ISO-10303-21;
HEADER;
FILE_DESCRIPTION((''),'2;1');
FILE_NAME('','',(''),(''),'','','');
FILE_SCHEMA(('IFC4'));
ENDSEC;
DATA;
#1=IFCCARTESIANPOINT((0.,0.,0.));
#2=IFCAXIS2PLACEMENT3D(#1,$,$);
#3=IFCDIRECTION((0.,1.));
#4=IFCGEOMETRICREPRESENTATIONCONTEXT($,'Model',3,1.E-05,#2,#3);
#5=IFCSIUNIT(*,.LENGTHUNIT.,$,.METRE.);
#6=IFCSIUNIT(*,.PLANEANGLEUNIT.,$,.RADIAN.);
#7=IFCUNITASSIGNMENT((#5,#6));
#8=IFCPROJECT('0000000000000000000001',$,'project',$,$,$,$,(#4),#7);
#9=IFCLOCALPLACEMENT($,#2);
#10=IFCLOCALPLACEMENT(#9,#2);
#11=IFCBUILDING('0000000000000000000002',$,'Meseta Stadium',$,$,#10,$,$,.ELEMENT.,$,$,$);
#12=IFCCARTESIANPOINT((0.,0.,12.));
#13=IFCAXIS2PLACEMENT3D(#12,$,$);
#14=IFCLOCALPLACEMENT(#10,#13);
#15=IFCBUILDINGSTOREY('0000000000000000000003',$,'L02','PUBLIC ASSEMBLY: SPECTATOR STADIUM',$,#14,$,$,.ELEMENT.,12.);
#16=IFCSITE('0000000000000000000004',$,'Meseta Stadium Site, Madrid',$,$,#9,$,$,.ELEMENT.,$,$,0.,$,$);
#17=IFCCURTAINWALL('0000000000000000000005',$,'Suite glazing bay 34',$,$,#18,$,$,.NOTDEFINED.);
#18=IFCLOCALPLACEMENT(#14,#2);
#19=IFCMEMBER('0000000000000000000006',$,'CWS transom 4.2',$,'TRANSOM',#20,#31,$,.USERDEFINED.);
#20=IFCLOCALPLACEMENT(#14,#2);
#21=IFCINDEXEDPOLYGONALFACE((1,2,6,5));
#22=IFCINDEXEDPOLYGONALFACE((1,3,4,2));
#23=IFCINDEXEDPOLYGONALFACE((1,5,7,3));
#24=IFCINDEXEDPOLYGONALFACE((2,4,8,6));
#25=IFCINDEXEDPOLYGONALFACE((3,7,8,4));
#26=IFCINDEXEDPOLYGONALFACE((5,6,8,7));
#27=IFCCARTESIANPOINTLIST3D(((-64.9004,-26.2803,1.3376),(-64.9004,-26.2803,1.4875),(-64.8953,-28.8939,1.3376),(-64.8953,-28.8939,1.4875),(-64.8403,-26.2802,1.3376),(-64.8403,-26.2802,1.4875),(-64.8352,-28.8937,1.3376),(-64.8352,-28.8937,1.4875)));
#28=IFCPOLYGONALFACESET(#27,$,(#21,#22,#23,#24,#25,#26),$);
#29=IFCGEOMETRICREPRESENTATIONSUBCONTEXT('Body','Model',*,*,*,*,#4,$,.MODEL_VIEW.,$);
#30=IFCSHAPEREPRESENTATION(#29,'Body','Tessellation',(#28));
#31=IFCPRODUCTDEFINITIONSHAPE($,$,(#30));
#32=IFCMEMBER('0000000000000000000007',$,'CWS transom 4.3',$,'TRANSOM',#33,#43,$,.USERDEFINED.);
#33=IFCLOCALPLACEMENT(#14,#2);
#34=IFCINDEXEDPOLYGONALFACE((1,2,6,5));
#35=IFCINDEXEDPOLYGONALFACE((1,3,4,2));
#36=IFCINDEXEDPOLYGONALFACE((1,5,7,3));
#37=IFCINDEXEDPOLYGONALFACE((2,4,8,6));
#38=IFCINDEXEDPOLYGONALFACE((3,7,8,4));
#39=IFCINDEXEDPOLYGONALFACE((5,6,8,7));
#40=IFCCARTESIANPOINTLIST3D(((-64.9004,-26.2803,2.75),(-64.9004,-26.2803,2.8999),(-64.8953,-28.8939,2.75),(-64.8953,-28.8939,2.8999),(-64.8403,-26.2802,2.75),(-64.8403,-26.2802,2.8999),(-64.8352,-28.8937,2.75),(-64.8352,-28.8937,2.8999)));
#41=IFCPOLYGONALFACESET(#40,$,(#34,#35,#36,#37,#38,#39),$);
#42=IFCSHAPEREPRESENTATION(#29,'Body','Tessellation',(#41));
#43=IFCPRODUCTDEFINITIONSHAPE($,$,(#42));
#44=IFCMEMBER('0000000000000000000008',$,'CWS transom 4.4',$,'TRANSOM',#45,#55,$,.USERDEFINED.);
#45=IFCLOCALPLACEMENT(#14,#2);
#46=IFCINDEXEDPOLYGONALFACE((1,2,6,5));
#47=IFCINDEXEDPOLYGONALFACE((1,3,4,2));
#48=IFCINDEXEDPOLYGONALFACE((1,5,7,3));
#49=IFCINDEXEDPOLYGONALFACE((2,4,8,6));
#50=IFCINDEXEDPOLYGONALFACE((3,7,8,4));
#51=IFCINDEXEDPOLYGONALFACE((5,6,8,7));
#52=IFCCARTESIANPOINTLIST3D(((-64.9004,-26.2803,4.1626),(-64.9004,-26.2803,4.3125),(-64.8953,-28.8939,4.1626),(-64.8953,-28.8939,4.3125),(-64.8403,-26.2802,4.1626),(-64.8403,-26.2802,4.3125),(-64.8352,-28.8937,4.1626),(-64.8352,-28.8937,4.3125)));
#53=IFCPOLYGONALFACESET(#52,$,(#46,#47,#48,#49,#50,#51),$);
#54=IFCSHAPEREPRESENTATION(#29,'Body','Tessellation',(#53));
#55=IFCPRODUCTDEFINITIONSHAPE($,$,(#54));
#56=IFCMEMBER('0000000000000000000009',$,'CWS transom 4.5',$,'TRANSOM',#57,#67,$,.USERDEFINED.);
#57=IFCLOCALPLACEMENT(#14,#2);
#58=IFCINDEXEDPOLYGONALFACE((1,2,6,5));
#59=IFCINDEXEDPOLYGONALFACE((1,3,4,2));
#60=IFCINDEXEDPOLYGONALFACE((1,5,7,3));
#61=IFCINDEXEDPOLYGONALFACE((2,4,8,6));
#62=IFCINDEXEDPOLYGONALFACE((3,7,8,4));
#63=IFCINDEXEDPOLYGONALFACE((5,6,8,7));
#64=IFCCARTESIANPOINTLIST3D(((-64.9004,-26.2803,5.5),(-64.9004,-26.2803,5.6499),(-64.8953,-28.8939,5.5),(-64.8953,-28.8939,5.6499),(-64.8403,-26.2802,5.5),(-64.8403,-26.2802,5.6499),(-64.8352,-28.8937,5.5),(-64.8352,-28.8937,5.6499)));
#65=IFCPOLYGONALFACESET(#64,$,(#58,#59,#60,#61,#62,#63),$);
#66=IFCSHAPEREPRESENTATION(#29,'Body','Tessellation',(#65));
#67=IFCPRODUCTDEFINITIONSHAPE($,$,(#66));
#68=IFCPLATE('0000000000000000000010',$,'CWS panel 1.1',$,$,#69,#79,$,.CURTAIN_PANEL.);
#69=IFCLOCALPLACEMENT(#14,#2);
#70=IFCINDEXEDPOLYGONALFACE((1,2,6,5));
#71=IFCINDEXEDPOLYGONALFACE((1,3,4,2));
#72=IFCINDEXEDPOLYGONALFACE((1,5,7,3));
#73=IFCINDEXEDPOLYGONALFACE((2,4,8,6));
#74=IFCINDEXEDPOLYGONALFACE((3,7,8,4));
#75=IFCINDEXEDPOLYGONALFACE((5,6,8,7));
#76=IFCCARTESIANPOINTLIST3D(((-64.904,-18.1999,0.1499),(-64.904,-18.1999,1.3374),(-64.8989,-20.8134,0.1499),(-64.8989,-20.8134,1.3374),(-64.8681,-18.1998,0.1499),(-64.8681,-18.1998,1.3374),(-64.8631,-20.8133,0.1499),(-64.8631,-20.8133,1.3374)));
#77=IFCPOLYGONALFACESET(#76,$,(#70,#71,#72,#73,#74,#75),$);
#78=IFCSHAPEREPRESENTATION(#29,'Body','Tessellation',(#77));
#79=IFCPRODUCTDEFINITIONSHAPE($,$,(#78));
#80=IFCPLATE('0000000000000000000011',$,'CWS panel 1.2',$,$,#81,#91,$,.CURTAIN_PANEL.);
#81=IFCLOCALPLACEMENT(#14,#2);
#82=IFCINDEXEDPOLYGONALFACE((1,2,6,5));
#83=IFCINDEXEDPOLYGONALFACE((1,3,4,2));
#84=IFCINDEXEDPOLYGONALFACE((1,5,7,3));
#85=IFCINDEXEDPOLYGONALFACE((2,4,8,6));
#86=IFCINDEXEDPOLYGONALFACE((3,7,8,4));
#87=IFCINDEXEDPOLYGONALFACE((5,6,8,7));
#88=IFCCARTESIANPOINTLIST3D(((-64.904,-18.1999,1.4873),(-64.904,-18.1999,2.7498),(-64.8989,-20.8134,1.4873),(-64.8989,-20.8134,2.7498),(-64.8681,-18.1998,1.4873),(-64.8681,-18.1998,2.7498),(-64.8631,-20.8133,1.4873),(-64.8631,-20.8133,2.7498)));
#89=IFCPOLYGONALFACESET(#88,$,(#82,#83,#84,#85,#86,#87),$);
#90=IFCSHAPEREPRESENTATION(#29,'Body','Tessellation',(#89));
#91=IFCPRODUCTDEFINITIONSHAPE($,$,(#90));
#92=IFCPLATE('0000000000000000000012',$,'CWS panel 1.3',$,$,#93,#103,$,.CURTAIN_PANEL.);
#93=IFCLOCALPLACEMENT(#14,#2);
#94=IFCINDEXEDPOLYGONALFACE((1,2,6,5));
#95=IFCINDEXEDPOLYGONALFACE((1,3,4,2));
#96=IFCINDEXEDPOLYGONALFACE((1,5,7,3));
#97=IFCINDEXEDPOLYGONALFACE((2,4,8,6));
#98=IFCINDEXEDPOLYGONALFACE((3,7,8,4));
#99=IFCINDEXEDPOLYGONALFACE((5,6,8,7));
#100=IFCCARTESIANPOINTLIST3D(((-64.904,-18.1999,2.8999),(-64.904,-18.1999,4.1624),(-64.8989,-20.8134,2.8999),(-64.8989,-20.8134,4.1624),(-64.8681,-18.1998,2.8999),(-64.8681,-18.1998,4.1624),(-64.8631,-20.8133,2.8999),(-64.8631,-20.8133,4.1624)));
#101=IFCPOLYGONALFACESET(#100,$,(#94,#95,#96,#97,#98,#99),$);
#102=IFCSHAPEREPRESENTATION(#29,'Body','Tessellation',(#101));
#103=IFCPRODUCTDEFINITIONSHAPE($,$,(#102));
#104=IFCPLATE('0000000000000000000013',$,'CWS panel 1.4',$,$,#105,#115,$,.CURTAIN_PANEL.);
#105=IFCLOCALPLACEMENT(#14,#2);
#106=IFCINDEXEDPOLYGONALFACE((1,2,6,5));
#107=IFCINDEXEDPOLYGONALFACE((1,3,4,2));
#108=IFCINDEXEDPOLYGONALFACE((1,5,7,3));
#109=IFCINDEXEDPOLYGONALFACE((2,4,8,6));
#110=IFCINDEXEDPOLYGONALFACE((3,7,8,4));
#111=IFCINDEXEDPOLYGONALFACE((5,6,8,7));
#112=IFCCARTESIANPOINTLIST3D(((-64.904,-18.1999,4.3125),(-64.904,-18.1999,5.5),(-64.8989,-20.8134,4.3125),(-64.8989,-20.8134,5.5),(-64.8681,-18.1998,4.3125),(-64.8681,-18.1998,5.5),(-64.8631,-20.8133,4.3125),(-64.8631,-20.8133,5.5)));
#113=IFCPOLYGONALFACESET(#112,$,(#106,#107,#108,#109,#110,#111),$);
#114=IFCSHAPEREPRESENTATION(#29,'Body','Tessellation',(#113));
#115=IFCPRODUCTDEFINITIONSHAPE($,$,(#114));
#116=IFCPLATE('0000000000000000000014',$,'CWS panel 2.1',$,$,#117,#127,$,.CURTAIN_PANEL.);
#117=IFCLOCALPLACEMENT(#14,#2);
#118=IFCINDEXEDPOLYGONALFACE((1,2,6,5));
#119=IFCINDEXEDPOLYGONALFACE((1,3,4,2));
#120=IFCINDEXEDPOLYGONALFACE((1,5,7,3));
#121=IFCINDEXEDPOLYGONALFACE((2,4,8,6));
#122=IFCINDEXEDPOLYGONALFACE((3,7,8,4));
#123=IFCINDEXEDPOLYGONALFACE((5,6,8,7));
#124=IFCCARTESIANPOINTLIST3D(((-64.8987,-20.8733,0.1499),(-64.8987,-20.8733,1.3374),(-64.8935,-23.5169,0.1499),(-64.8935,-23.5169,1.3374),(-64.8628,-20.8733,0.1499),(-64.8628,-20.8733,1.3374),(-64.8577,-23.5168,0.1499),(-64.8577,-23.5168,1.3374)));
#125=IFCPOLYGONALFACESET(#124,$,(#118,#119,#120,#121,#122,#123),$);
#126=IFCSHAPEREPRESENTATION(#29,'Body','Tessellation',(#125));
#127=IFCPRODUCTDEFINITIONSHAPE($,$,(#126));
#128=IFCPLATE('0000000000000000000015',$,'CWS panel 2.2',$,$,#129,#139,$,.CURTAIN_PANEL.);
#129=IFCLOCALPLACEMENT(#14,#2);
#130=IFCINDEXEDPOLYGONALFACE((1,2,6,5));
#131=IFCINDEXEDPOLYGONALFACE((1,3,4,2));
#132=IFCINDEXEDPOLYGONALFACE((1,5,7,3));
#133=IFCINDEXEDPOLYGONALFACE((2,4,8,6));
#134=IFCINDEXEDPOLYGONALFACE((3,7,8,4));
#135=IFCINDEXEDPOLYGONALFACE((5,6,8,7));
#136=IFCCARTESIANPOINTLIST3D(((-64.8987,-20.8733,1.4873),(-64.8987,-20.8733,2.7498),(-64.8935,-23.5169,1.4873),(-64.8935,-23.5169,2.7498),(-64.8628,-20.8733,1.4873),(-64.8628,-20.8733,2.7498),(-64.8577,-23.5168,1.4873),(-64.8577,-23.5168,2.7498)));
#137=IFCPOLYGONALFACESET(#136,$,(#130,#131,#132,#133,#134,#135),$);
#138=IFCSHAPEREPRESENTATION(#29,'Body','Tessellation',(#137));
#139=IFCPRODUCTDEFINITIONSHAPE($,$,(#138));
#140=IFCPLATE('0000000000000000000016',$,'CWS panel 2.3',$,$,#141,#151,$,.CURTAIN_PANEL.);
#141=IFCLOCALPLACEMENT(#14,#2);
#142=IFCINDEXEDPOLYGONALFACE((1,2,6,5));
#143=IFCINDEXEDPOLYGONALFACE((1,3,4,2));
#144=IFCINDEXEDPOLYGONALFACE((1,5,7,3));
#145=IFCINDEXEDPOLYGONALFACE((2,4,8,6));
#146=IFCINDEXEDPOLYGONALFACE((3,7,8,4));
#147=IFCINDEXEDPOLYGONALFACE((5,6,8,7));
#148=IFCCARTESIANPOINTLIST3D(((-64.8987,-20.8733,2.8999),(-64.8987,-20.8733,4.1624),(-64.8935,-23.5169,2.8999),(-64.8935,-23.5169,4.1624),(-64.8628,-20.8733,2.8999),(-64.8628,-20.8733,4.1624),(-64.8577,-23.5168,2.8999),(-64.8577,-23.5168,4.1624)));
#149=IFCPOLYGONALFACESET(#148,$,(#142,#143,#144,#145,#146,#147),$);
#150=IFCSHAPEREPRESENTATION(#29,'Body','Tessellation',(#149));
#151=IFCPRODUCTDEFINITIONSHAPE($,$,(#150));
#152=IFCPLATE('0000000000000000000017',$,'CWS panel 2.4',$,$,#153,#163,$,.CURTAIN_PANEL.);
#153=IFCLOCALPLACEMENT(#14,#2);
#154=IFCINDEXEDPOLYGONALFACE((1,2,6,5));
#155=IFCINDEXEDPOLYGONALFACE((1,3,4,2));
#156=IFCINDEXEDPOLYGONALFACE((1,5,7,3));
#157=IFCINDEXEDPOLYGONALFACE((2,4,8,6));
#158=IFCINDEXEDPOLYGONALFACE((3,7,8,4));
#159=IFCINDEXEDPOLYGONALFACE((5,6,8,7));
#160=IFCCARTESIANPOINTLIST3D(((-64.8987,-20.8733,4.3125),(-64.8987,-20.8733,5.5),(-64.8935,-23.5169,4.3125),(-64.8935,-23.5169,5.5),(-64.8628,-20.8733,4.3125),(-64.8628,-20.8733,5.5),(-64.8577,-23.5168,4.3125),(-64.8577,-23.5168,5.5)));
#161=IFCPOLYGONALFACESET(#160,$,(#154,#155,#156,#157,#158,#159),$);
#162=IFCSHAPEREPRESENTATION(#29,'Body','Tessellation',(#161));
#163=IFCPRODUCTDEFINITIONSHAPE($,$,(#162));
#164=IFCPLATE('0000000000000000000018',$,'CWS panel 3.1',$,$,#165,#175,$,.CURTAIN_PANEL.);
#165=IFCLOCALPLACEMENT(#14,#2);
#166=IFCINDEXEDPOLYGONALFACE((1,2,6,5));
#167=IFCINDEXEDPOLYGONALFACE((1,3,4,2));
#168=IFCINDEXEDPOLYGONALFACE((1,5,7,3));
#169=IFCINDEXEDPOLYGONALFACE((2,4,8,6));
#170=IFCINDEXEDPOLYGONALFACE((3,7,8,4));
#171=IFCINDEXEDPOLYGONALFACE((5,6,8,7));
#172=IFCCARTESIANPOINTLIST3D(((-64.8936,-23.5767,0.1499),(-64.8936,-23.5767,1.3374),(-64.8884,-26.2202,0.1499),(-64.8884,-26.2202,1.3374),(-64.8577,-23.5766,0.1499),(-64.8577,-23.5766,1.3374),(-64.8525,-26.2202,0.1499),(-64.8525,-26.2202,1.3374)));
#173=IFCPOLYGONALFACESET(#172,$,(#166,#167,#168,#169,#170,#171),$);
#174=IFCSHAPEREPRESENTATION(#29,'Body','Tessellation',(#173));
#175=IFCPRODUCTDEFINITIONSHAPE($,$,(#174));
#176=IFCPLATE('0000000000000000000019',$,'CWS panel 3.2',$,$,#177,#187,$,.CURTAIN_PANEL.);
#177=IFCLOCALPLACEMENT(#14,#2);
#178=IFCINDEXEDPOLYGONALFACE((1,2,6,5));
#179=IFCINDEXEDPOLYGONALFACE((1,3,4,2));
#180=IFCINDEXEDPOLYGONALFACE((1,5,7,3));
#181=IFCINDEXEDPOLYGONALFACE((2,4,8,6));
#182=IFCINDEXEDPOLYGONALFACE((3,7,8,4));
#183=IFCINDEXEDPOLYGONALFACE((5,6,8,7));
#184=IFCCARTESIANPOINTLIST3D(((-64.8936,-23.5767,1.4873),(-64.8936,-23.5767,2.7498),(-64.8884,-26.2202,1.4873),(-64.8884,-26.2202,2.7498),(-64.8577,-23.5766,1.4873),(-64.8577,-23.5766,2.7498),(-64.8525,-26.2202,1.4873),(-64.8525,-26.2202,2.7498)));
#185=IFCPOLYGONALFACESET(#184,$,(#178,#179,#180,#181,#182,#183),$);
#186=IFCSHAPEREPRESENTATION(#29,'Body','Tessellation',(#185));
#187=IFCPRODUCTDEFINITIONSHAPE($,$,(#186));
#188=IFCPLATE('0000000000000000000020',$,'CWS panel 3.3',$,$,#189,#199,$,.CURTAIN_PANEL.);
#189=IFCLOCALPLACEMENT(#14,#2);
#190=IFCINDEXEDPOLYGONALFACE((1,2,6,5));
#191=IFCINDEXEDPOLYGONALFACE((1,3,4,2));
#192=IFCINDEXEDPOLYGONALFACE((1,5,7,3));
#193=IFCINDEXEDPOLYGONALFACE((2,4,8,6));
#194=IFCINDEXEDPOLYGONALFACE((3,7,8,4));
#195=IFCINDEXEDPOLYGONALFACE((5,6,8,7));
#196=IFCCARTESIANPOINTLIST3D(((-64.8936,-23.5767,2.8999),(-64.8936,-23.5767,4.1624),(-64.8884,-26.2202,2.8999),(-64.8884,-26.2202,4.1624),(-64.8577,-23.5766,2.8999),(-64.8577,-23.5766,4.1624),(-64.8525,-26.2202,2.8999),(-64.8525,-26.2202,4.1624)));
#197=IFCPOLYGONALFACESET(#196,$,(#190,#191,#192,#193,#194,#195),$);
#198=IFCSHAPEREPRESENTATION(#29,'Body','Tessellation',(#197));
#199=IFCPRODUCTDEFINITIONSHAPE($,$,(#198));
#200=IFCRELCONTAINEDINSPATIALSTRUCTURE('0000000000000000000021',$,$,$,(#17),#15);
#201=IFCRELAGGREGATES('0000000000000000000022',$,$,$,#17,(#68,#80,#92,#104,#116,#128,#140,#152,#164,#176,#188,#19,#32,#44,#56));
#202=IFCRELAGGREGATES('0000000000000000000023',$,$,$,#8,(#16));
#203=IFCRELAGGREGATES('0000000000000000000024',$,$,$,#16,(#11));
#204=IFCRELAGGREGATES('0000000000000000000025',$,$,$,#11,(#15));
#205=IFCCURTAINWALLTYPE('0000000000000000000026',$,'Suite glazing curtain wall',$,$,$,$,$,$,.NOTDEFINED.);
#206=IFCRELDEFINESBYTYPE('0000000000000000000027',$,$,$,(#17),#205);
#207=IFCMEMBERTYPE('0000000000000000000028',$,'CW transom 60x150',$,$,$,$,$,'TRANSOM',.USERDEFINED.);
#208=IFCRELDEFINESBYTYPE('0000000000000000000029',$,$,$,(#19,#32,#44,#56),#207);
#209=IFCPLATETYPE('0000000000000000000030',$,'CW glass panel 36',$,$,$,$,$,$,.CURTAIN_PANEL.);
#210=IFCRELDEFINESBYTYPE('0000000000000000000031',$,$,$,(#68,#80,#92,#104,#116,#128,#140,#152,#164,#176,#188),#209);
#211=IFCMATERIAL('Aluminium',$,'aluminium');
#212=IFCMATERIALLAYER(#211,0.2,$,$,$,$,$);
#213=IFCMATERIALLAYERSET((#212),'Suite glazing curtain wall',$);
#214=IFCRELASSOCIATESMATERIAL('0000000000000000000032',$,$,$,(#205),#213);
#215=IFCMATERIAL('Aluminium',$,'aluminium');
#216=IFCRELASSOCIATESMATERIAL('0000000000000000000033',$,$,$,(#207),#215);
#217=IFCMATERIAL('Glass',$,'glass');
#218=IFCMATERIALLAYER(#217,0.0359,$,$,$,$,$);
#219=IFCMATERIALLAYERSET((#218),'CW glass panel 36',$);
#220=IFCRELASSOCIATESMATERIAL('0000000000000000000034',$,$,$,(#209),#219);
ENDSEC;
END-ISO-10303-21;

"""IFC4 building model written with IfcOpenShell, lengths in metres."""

from ifc_helpers import new_model, si_unit, direction, frame, origin, origin_2d, place, context, subcontext, project, spatial, rectangle, extrude, material, layer, layer_set, material_profile, profile_set, type_object, element, aggregate, save


model = new_model("IFC4")

# Units and contexts
model_context = context("Model", 3, precision=1e-05, world=origin(), true_north=direction((0.0, 1.0)))
body_context = subcontext(model_context, "Body", "Model", "MODEL_VIEW")
ifc_project = project(units=[si_unit("LENGTHUNIT", "METRE"), si_unit("PLANEANGLEUNIT", "RADIAN")], contexts=[model_context])

# Site, building, storey
site_placement = place(None, origin())
site = spatial("IfcSite", under=ifc_project, at=site_placement, Name="Meseta Stadium Site, Madrid", CompositionType="ELEMENT", RefElevation=0.0)
building_placement = place(site_placement, origin())
building = spatial("IfcBuilding", under=site, at=building_placement, Name="Meseta Stadium", CompositionType="ELEMENT")
storey_placement = place(building_placement, frame((0.0, 0.0, 12.0)))
storey = spatial("IfcBuildingStorey", under=building, at=storey_placement, Name="L02", Description="PUBLIC ASSEMBLY: SPECTATOR STADIUM", CompositionType="ELEMENT", Elevation=12.0)

# Curtain wall, members, plates
ifc_material_1 = material(Name="Aluminium", Category="aluminium")
ifc_layer_1 = layer(ifc_material_1, 0.2)
ifc_layer_set_1 = layer_set([ifc_layer_1], Name="Suite glazing curtain wall")
curtain_wall_type = type_object("IfcCurtainWallType", Name="Suite glazing curtain wall", PredefinedType="NOTDEFINED", material=ifc_layer_set_1)
curtain_wall_placement = place(storey_placement, origin())
curtain_wall = element("IfcCurtainWall", 1, at=curtain_wall_placement, inside=storey, type_object=curtain_wall_type, Name="Suite glazing bay 34", PredefinedType="NOTDEFINED")
ifc_material_2 = material(Name="Aluminium", Category="aluminium")
ifc_material_profile_1 = material_profile(ifc_material_2, rectangle(XDim=0.0601, YDim=0.1499, at=origin_2d()), Name="CW 60x150")
ifc_profile_set_1 = profile_set([ifc_material_profile_1], Name="Aluminium")
member_type_1 = type_object("IfcMemberType", Name="CW transom 60x150", ElementType="TRANSOM", PredefinedType="USERDEFINED", material=ifc_profile_set_1)
member_1_placement = place(storey_placement, frame((-64.8704, -26.2803, 1.4126), z_axis=(0.001962, -0.999998, 0.0), x_axis=(0.999998, 0.001962, 0.0)))
member_1 = element("IfcMember", 2, at=member_1_placement, type_object=member_type_1, Name="CWS transom 4.2", ObjectType="TRANSOM", PredefinedType="USERDEFINED", context=body_context, shape_type="SweptSolid", body=[
    extrude(rectangle(XDim=0.0601, YDim=0.1499, at=origin_2d()), origin(), (0.0, 0.0, 1.0), 2.6135),
])
member_2_placement = place(storey_placement, frame((-64.8704, -26.2803, 2.825), z_axis=(0.001962, -0.999998, 0.0), x_axis=(0.999998, 0.001962, 0.0)))
member_2 = element("IfcMember", 3, at=member_2_placement, type_object=member_type_1, Name="CWS transom 4.3", ObjectType="TRANSOM", PredefinedType="USERDEFINED", context=body_context, shape_type="SweptSolid", body=[
    extrude(rectangle(XDim=0.0601, YDim=0.1499, at=origin_2d()), origin(), (0.0, 0.0, 1.0), 2.6135),
])
member_3_placement = place(storey_placement, frame((-64.8704, -26.2803, 4.2375), z_axis=(0.001962, -0.999998, 0.0), x_axis=(0.999998, 0.001962, 0.0)))
member_3 = element("IfcMember", 4, at=member_3_placement, type_object=member_type_1, Name="CWS transom 4.4", ObjectType="TRANSOM", PredefinedType="USERDEFINED", context=body_context, shape_type="SweptSolid", body=[
    extrude(rectangle(XDim=0.0601, YDim=0.1499, at=origin_2d()), origin(), (0.0, 0.0, 1.0), 2.6135),
])
member_4_placement = place(storey_placement, frame((-64.8704, -26.2803, 5.575), z_axis=(0.001962, -0.999998, 0.0), x_axis=(0.999998, 0.001962, 0.0)))
member_4 = element("IfcMember", 5, at=member_4_placement, type_object=member_type_1, Name="CWS transom 4.5", ObjectType="TRANSOM", PredefinedType="USERDEFINED", context=body_context, shape_type="SweptSolid", body=[
    extrude(rectangle(XDim=0.0601, YDim=0.1499, at=origin_2d()), origin(), (0.0, 0.0, 1.0), 2.6135),
])
ifc_material_3 = material(Name="Glass", Category="glass")
ifc_layer_2 = layer(ifc_material_3, 0.0359)
ifc_layer_set_2 = layer_set([ifc_layer_2], Name="CW glass panel 36")
plate_type = type_object("IfcPlateType", Name="CW glass panel 36", PredefinedType="CURTAIN_PANEL", material=ifc_layer_set_2)
plate_1_placement = place(storey_placement, frame((-64.8835, -19.5066, 0.1499), z_axis=(0.0, 0.0, 1.0), x_axis=(0.001947, -0.999998, 0.0)))
plate_1 = element("IfcPlate", 6, at=plate_1_placement, type_object=plate_type, Name="CWS panel 1.1", PredefinedType="CURTAIN_PANEL", context=body_context, shape_type="SweptSolid", body=[
    extrude(rectangle(XDim=2.6135, YDim=0.0359, at=origin_2d()), origin(), (0.0, 0.0, 1.0), 1.1875),
])
plate_2_placement = place(storey_placement, frame((-64.8835, -19.5066, 1.4873), z_axis=(0.0, 0.0, 1.0), x_axis=(0.001947, -0.999998, 0.0)))
plate_2 = element("IfcPlate", 7, at=plate_2_placement, type_object=plate_type, Name="CWS panel 1.2", PredefinedType="CURTAIN_PANEL", context=body_context, shape_type="SweptSolid", body=[
    extrude(rectangle(XDim=2.6135, YDim=0.0359, at=origin_2d()), origin(), (0.0, 0.0, 1.0), 1.2625),
])
plate_3_placement = place(storey_placement, frame((-64.8835, -19.5066, 2.8999), z_axis=(0.0, 0.0, 1.0), x_axis=(0.001947, -0.999998, 0.0)))
plate_3 = element("IfcPlate", 8, at=plate_3_placement, type_object=plate_type, Name="CWS panel 1.3", PredefinedType="CURTAIN_PANEL", context=body_context, shape_type="SweptSolid", body=[
    extrude(rectangle(XDim=2.6135, YDim=0.0359, at=origin_2d()), origin(), (0.0, 0.0, 1.0), 1.2625),
])
plate_4_placement = place(storey_placement, frame((-64.8835, -19.5066, 4.3125), z_axis=(0.0, 0.0, 1.0), x_axis=(0.001947, -0.999998, 0.0)))
plate_4 = element("IfcPlate", 9, at=plate_4_placement, type_object=plate_type, Name="CWS panel 1.4", PredefinedType="CURTAIN_PANEL", context=body_context, shape_type="SweptSolid", body=[
    extrude(rectangle(XDim=2.6135, YDim=0.0359, at=origin_2d()), origin(), (0.0, 0.0, 1.0), 1.1875),
])
plate_5_placement = place(storey_placement, frame((-64.8782, -22.1951, 0.1499), z_axis=(0.0, 0.0, 1.0), x_axis=(0.001947, -0.999998, 0.0)))
plate_5 = element("IfcPlate", 10, at=plate_5_placement, type_object=plate_type, Name="CWS panel 2.1", PredefinedType="CURTAIN_PANEL", context=body_context, shape_type="SweptSolid", body=[
    extrude(rectangle(XDim=2.6436, YDim=0.0359, at=origin_2d()), origin(), (0.0, 0.0, 1.0), 1.1875),
])
plate_6_placement = place(storey_placement, frame((-64.8782, -22.1951, 1.4873), z_axis=(0.0, 0.0, 1.0), x_axis=(0.001947, -0.999998, 0.0)))
plate_6 = element("IfcPlate", 11, at=plate_6_placement, type_object=plate_type, Name="CWS panel 2.2", PredefinedType="CURTAIN_PANEL", context=body_context, shape_type="SweptSolid", body=[
    extrude(rectangle(XDim=2.6436, YDim=0.0359, at=origin_2d()), origin(), (0.0, 0.0, 1.0), 1.2625),
])
plate_7_placement = place(storey_placement, frame((-64.8782, -22.1951, 2.8999), z_axis=(0.0, 0.0, 1.0), x_axis=(0.001947, -0.999998, 0.0)))
plate_7 = element("IfcPlate", 12, at=plate_7_placement, type_object=plate_type, Name="CWS panel 2.3", PredefinedType="CURTAIN_PANEL", context=body_context, shape_type="SweptSolid", body=[
    extrude(rectangle(XDim=2.6436, YDim=0.0359, at=origin_2d()), origin(), (0.0, 0.0, 1.0), 1.2625),
])
plate_8_placement = place(storey_placement, frame((-64.8782, -22.1951, 4.3125), z_axis=(0.0, 0.0, 1.0), x_axis=(0.001947, -0.999998, 0.0)))
plate_8 = element("IfcPlate", 13, at=plate_8_placement, type_object=plate_type, Name="CWS panel 2.4", PredefinedType="CURTAIN_PANEL", context=body_context, shape_type="SweptSolid", body=[
    extrude(rectangle(XDim=2.6436, YDim=0.0359, at=origin_2d()), origin(), (0.0, 0.0, 1.0), 1.1875),
])
plate_9_placement = place(storey_placement, frame((-64.873, -24.8984, 0.1499), z_axis=(0.0, 0.0, 1.0), x_axis=(0.001947, -0.999998, 0.0)))
plate_9 = element("IfcPlate", 14, at=plate_9_placement, type_object=plate_type, Name="CWS panel 3.1", PredefinedType="CURTAIN_PANEL", context=body_context, shape_type="SweptSolid", body=[
    extrude(rectangle(XDim=2.6436, YDim=0.0359, at=origin_2d()), origin(), (0.0, 0.0, 1.0), 1.1875),
])
plate_10_placement = place(storey_placement, frame((-64.873, -24.8984, 1.4873), z_axis=(0.0, 0.0, 1.0), x_axis=(0.001947, -0.999998, 0.0)))
plate_10 = element("IfcPlate", 15, at=plate_10_placement, type_object=plate_type, Name="CWS panel 3.2", PredefinedType="CURTAIN_PANEL", context=body_context, shape_type="SweptSolid", body=[
    extrude(rectangle(XDim=2.6436, YDim=0.0359, at=origin_2d()), origin(), (0.0, 0.0, 1.0), 1.2625),
])
plate_11_placement = place(storey_placement, frame((-64.873, -24.8984, 2.8999), z_axis=(0.0, 0.0, 1.0), x_axis=(0.001947, -0.999998, 0.0)))
plate_11 = element("IfcPlate", 16, at=plate_11_placement, type_object=plate_type, Name="CWS panel 3.3", PredefinedType="CURTAIN_PANEL", context=body_context, shape_type="SweptSolid", body=[
    extrude(rectangle(XDim=2.6436, YDim=0.0359, at=origin_2d()), origin(), (0.0, 0.0, 1.0), 1.2625),
])
aggregate(curtain_wall, [plate_1, plate_2, plate_3, plate_4, plate_5, plate_6, plate_7, plate_8, plate_9, plate_10, plate_11, member_1, member_2, member_3, member_4])

save(model, "model.ifc")
